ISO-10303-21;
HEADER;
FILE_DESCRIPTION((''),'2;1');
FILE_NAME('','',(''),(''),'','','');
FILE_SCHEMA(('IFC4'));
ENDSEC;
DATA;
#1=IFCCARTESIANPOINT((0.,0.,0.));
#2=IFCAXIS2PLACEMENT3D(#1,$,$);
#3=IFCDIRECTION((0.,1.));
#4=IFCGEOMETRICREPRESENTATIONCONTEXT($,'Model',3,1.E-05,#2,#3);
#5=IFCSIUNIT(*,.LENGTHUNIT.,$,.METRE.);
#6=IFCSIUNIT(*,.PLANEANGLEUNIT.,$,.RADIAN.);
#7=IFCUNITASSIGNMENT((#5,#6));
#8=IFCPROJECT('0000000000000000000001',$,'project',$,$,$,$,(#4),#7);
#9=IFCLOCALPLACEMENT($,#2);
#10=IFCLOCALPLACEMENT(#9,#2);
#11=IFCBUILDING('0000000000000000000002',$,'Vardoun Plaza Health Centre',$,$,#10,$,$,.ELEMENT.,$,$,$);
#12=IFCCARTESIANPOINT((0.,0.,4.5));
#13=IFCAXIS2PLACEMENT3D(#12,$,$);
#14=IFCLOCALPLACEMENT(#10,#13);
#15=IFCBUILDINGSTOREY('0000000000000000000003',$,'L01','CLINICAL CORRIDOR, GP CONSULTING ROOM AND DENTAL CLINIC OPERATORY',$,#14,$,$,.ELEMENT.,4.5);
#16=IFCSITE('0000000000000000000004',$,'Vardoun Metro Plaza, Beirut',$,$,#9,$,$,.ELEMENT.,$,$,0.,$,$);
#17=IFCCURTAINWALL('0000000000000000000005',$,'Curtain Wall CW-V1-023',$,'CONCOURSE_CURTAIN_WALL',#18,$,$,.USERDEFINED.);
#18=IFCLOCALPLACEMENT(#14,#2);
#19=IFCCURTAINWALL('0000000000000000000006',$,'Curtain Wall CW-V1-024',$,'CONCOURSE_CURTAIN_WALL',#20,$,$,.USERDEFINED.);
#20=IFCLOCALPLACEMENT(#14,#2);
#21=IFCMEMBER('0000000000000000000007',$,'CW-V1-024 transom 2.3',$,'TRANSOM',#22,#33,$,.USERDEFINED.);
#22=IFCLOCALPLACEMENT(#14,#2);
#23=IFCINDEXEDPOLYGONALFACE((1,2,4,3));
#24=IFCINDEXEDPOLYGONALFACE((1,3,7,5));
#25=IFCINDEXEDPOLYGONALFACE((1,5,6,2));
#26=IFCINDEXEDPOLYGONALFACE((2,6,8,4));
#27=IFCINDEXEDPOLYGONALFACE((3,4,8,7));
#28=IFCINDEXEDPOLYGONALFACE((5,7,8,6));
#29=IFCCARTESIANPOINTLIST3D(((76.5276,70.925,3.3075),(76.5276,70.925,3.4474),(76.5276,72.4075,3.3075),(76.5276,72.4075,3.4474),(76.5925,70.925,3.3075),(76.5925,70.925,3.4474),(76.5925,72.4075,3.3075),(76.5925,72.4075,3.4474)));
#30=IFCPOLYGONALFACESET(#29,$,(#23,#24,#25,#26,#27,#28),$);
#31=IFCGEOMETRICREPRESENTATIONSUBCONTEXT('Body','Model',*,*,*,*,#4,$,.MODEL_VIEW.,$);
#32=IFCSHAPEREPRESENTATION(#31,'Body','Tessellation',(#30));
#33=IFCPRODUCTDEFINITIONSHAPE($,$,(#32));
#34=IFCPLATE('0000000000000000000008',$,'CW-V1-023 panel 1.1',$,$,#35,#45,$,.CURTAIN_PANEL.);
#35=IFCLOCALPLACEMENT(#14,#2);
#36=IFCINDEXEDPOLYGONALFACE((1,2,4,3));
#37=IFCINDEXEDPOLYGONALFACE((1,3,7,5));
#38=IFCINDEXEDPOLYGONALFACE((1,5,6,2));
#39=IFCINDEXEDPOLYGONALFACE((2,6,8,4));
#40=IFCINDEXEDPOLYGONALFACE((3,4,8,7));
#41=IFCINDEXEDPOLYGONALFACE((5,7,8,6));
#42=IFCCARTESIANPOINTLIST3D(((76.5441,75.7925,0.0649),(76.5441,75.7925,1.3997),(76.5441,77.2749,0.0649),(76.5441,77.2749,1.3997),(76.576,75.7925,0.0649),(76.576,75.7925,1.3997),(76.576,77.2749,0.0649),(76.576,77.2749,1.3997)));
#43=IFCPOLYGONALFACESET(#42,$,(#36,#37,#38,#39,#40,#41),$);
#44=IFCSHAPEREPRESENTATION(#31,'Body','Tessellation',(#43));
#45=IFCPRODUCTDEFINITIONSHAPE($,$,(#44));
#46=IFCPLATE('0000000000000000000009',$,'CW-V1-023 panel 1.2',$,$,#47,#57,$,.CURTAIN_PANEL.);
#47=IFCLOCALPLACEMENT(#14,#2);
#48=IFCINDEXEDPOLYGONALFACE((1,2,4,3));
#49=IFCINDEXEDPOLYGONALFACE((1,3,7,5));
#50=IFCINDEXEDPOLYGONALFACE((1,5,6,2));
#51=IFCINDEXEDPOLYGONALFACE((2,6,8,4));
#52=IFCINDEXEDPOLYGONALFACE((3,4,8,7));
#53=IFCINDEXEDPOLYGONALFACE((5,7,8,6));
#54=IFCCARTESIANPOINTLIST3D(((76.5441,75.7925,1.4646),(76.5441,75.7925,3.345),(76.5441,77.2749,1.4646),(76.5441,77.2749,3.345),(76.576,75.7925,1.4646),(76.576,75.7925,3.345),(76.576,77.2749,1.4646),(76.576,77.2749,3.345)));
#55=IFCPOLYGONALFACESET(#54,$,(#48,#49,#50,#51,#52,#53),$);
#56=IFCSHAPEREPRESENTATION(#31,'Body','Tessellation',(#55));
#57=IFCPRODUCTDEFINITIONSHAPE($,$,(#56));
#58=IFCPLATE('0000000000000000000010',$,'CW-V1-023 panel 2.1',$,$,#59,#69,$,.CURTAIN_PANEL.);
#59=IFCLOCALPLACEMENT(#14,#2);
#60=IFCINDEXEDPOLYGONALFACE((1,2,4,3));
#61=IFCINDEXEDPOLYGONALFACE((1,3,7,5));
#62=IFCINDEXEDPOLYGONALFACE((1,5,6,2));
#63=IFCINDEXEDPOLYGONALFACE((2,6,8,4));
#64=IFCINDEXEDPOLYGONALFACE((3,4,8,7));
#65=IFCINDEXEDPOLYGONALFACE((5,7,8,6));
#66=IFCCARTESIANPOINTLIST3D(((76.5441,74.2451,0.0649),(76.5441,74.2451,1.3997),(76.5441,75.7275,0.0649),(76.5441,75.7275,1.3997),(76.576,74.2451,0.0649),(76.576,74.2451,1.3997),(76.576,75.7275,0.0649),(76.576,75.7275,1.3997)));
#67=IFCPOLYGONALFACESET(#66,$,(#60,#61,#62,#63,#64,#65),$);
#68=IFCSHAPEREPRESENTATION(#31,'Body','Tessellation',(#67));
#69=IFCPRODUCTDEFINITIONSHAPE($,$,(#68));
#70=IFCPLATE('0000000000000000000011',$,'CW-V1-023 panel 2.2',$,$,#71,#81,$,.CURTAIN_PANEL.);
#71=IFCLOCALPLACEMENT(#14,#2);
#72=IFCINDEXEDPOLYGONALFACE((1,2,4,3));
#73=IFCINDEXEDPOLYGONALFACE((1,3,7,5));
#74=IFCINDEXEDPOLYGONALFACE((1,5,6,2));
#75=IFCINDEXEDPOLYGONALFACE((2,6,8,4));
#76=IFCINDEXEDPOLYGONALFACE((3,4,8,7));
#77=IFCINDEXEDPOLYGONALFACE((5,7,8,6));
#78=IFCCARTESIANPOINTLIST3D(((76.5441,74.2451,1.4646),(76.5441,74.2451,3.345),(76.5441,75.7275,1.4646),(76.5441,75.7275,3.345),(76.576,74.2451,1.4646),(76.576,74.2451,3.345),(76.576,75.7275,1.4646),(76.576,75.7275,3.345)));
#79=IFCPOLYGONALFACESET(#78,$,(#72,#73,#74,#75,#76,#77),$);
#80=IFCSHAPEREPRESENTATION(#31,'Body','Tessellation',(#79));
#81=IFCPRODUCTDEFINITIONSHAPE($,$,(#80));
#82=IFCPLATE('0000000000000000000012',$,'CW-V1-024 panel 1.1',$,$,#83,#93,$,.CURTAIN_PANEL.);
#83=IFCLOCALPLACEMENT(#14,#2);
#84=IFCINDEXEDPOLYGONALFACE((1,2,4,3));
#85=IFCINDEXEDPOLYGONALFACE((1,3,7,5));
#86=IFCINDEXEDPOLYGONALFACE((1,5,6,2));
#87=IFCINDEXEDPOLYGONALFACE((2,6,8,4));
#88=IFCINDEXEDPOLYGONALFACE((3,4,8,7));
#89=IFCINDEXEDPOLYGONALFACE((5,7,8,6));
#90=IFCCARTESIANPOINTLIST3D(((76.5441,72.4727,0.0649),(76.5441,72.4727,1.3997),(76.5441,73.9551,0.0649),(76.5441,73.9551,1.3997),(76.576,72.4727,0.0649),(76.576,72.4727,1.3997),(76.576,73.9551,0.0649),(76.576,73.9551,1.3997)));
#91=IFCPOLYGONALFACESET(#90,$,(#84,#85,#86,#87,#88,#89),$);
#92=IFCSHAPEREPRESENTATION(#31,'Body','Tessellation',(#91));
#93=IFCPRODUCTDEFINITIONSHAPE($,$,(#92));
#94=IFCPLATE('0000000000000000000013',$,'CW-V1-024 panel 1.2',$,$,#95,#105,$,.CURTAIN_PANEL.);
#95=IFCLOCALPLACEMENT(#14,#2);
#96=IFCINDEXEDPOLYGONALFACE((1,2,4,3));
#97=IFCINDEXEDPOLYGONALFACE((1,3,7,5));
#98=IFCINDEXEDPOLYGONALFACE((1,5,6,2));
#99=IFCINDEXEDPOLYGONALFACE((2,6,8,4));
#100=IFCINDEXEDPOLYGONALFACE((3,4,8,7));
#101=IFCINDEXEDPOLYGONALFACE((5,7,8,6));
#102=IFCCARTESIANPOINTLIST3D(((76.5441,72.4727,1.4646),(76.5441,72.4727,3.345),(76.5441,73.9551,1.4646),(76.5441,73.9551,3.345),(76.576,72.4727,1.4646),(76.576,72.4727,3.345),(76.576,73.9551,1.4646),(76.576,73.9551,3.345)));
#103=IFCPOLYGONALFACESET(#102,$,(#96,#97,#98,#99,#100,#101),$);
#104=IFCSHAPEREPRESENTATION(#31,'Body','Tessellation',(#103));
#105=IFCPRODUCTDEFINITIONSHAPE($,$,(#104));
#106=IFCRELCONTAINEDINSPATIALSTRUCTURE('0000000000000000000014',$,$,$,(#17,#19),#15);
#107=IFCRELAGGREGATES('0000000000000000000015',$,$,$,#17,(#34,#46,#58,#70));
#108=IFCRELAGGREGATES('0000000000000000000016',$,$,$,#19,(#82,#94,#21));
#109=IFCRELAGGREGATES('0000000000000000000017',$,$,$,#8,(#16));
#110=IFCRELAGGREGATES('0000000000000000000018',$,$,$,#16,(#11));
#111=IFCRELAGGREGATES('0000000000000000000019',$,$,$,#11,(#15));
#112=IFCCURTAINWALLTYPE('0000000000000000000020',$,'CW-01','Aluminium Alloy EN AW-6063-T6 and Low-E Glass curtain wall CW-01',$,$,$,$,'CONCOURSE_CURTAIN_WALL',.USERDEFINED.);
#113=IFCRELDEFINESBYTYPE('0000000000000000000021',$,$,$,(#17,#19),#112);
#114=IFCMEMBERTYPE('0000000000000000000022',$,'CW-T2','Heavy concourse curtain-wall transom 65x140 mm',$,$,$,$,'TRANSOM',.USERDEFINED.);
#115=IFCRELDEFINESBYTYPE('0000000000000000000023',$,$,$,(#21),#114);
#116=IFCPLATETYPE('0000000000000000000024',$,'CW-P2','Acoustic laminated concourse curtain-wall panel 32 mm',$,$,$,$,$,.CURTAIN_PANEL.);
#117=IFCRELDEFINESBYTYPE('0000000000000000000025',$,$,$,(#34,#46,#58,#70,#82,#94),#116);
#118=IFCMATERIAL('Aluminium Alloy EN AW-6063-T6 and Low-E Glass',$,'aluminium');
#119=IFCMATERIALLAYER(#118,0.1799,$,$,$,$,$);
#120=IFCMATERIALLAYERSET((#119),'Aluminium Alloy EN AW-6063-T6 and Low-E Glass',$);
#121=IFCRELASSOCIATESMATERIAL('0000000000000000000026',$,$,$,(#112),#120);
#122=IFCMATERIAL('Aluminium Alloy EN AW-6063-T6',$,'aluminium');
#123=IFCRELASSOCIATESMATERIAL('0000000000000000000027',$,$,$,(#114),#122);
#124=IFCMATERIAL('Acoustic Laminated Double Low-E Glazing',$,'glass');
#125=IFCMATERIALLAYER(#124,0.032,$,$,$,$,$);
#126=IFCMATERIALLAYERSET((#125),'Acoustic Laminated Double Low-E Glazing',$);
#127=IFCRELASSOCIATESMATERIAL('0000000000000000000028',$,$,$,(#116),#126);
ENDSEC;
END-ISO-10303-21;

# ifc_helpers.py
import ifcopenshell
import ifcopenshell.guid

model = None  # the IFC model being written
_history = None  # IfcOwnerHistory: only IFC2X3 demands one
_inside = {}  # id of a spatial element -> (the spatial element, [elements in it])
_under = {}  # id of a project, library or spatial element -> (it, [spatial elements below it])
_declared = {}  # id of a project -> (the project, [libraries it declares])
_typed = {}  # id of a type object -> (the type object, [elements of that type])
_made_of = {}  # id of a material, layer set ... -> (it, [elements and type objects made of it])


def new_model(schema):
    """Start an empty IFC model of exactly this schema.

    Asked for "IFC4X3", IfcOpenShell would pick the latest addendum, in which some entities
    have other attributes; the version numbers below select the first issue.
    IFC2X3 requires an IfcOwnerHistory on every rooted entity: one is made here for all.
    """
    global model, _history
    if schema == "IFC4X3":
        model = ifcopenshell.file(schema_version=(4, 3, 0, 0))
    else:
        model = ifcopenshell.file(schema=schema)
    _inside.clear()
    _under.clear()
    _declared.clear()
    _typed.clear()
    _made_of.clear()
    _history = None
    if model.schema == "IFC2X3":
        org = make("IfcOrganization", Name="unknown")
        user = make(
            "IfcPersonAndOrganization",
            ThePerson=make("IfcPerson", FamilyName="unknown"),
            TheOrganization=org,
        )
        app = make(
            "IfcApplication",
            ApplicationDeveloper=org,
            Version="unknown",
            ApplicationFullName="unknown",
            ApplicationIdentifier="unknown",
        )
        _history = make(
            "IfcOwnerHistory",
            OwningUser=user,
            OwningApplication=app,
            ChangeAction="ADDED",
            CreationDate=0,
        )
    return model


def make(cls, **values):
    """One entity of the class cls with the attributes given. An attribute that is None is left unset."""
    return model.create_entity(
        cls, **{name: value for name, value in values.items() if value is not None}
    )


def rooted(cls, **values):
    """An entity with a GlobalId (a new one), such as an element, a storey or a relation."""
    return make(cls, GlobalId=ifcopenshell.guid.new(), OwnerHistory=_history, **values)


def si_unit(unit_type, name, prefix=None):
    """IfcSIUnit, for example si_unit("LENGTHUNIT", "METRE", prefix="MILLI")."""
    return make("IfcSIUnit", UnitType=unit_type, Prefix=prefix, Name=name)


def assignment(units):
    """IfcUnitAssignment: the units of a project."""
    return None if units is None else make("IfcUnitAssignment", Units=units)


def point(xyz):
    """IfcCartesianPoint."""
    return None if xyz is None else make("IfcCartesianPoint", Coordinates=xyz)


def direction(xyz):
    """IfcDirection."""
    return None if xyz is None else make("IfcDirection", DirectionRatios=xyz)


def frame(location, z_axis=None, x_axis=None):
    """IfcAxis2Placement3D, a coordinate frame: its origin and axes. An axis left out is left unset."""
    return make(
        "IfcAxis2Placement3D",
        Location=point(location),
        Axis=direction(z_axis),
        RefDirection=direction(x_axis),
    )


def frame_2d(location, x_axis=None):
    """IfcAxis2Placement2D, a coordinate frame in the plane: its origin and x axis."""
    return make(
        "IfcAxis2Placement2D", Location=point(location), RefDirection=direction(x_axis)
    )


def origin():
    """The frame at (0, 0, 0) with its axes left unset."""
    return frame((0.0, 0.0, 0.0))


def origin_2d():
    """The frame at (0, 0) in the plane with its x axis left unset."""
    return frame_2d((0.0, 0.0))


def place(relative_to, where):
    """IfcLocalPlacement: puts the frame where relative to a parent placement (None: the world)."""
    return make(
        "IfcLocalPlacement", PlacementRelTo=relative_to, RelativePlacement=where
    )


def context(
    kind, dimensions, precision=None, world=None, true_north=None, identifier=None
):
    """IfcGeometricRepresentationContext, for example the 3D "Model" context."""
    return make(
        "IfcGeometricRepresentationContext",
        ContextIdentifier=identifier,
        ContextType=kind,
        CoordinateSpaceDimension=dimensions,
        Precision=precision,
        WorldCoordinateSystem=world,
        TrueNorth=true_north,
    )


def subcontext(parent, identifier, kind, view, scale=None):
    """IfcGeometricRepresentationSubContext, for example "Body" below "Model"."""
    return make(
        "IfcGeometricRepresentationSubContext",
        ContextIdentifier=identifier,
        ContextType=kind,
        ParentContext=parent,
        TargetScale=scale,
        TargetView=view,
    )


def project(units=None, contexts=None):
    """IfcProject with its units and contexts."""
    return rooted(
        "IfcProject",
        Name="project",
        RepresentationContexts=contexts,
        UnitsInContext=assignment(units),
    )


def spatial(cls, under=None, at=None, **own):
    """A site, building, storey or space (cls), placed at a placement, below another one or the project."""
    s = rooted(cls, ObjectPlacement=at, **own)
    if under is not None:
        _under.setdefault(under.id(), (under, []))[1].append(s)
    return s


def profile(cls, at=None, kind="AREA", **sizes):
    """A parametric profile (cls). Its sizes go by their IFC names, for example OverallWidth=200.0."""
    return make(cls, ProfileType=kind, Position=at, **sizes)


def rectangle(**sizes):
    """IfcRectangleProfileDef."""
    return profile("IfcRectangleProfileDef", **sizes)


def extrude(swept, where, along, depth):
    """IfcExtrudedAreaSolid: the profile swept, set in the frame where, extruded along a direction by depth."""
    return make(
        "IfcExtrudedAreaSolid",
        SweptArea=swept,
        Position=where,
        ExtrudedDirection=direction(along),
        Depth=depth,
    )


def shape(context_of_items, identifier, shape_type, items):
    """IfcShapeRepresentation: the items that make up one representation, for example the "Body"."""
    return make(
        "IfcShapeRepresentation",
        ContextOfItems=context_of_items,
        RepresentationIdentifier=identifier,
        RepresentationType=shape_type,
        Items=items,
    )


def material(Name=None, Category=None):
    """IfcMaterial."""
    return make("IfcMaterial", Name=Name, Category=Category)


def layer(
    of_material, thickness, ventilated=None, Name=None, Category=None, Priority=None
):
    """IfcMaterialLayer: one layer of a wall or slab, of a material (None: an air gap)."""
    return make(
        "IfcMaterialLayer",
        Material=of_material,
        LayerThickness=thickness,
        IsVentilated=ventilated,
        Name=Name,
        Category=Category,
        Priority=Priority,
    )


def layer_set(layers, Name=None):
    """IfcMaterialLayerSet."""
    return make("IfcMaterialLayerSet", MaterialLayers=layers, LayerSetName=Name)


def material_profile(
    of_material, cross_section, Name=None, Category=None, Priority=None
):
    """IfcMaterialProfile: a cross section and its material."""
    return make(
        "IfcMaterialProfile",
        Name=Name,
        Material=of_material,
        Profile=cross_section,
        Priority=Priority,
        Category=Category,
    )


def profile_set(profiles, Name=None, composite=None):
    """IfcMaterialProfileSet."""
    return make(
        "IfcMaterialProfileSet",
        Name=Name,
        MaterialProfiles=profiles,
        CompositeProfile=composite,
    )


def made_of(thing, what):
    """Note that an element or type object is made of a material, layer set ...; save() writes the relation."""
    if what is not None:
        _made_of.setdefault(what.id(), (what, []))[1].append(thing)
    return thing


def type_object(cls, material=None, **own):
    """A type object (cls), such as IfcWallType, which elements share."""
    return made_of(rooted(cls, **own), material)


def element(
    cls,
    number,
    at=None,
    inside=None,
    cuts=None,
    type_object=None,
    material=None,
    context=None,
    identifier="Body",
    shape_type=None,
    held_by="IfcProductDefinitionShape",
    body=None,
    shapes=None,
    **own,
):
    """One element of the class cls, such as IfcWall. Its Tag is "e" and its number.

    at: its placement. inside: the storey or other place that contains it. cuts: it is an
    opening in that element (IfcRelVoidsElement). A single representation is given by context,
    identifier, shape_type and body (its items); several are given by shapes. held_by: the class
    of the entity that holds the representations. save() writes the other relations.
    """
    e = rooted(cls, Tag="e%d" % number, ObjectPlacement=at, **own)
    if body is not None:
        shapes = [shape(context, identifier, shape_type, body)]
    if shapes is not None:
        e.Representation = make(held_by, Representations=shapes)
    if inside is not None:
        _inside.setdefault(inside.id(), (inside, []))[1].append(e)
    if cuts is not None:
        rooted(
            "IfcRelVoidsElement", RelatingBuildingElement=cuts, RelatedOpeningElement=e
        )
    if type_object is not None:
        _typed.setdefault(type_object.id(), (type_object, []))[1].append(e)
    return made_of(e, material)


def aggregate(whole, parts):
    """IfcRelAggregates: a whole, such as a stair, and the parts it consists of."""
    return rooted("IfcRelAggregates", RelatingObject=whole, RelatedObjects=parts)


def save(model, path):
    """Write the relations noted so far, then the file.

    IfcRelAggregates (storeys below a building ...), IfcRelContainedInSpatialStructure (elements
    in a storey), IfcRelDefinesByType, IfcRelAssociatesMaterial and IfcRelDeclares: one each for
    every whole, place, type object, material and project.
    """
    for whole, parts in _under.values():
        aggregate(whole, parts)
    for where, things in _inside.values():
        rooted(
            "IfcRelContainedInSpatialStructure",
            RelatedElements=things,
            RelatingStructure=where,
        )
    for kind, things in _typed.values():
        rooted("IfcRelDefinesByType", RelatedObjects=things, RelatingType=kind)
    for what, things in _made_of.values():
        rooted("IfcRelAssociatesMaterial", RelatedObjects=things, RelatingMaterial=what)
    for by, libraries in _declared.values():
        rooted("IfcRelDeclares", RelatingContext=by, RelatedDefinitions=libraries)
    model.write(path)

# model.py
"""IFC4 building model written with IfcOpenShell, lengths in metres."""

from ifc_helpers import new_model, si_unit, direction, frame, origin, origin_2d, place, context, subcontext, project, spatial, rectangle, extrude, material, layer, layer_set, material_profile, profile_set, type_object, element, aggregate, save


model = new_model("IFC4")

# Units and contexts
model_context = context("Model", 3, precision=1e-05, world=origin(), true_north=direction((0.0, 1.0)))
body_context = subcontext(model_context, "Body", "Model", "MODEL_VIEW")
ifc_project = project(units=[si_unit("LENGTHUNIT", "METRE"), si_unit("PLANEANGLEUNIT", "RADIAN")], contexts=[model_context])

# Site, building, storey
site_placement = place(None, origin())
site = spatial("IfcSite", under=ifc_project, at=site_placement, Name="Vardoun Metro Plaza, Beirut", CompositionType="ELEMENT", RefElevation=0.0)
building_placement = place(site_placement, origin())
building = spatial("IfcBuilding", under=site, at=building_placement, Name="Vardoun Plaza Health Centre", CompositionType="ELEMENT")
storey_placement = place(building_placement, frame((0.0, 0.0, 4.5)))
storey = spatial("IfcBuildingStorey", under=building, at=storey_placement, Name="L01", Description="CLINICAL CORRIDOR, GP CONSULTING ROOM AND DENTAL CLINIC OPERATORY", CompositionType="ELEMENT", Elevation=4.5)

# Curtain walls
ifc_material_1 = material(Name="Aluminium Alloy EN AW-6063-T6 and Low-E Glass", Category="aluminium")
ifc_layer_1 = layer(ifc_material_1, 0.1799)
ifc_layer_set_1 = layer_set([ifc_layer_1], Name="Aluminium Alloy EN AW-6063-T6 and Low-E Glass")
curtain_wall_type = type_object("IfcCurtainWallType", Name="CW-01", Description="Aluminium Alloy EN AW-6063-T6 and Low-E Glass curtain wall CW-01", ElementType="CONCOURSE_CURTAIN_WALL", PredefinedType="USERDEFINED", material=ifc_layer_set_1)
curtain_wall_1_placement = place(storey_placement, origin())
curtain_wall_1 = element("IfcCurtainWall", 1, at=curtain_wall_1_placement, inside=storey, type_object=curtain_wall_type, Name="Curtain Wall CW-V1-023", ObjectType="CONCOURSE_CURTAIN_WALL", PredefinedType="USERDEFINED")
curtain_wall_2_placement = place(storey_placement, origin())
curtain_wall_2 = element("IfcCurtainWall", 2, at=curtain_wall_2_placement, inside=storey, type_object=curtain_wall_type, Name="Curtain Wall CW-V1-024", ObjectType="CONCOURSE_CURTAIN_WALL", PredefinedType="USERDEFINED")

# Member
ifc_material_2 = material(Name="Aluminium Alloy EN AW-6063-T6", Category="aluminium")
ifc_material_profile_1 = material_profile(ifc_material_2, rectangle(XDim=0.0649, YDim=0.1399, at=origin_2d()), Name="CWT 65x140")
ifc_profile_set_1 = profile_set([ifc_material_profile_1], Name="Aluminium Alloy EN AW-6063-T6")
member_type_1 = type_object("IfcMemberType", Name="CW-T2", Description="Heavy concourse curtain-wall transom 65x140 mm", ElementType="TRANSOM", PredefinedType="USERDEFINED", material=ifc_profile_set_1)
member_1_placement = place(storey_placement, frame((76.5601, 72.4075, 3.3774), z_axis=(0.0, -1.0, 0.0), x_axis=(1.0, 0.0, 0.0)))
member_1 = element("IfcMember", 3, at=member_1_placement, type_object=member_type_1, Name="CW-V1-024 transom 2.3", ObjectType="TRANSOM", PredefinedType="USERDEFINED", context=body_context, shape_type="SweptSolid", body=[
    extrude(rectangle(XDim=0.0649, YDim=0.1399, at=origin_2d()), origin(), (0.0, 0.0, 1.0), 1.4824),
])

# Plates
ifc_material_3 = material(Name="Acoustic Laminated Double Low-E Glazing", Category="glass")
ifc_layer_2 = layer(ifc_material_3, 0.032)
ifc_layer_set_2 = layer_set([ifc_layer_2], Name="Acoustic Laminated Double Low-E Glazing")
plate_type = type_object("IfcPlateType", Name="CW-P2", Description="Acoustic laminated concourse curtain-wall panel 32 mm", PredefinedType="CURTAIN_PANEL", material=ifc_layer_set_2)
plate_1_placement = place(storey_placement, frame((76.5601, 76.5337, 0.0649), z_axis=(0.0, 0.0, 1.0), x_axis=(0.0, -1.0, 0.0)))
plate_1 = element("IfcPlate", 4, at=plate_1_placement, type_object=plate_type, Name="CW-V1-023 panel 1.1", PredefinedType="CURTAIN_PANEL", context=body_context, shape_type="SweptSolid", body=[
    extrude(rectangle(XDim=1.4824, YDim=0.032, at=origin_2d()), origin(), (0.0, 0.0, 1.0), 1.3347),
])
plate_2_placement = place(storey_placement, frame((76.5601, 76.5337, 1.4646), z_axis=(0.0, 0.0, 1.0), x_axis=(0.0, -1.0, 0.0)))
plate_2 = element("IfcPlate", 5, at=plate_2_placement, type_object=plate_type, Name="CW-V1-023 panel 1.2", PredefinedType="CURTAIN_PANEL", context=body_context, shape_type="SweptSolid", body=[
    extrude(rectangle(XDim=1.4824, YDim=0.032, at=origin_2d()), origin(), (0.0, 0.0, 1.0), 1.8804),
])
plate_3_placement = place(storey_placement, frame((76.5601, 74.9863, 0.0649), z_axis=(0.0, 0.0, 1.0), x_axis=(0.0, -1.0, 0.0)))
plate_3 = element("IfcPlate", 6, at=plate_3_placement, type_object=plate_type, Name="CW-V1-023 panel 2.1", PredefinedType="CURTAIN_PANEL", context=body_context, shape_type="SweptSolid", body=[
    extrude(rectangle(XDim=1.4824, YDim=0.032, at=origin_2d()), origin(), (0.0, 0.0, 1.0), 1.3347),
])
plate_4_placement = place(storey_placement, frame((76.5601, 74.9863, 1.4646), z_axis=(0.0, 0.0, 1.0), x_axis=(0.0, -1.0, 0.0)))
plate_4 = element("IfcPlate", 7, at=plate_4_placement, type_object=plate_type, Name="CW-V1-023 panel 2.2", PredefinedType="CURTAIN_PANEL", context=body_context, shape_type="SweptSolid", body=[
    extrude(rectangle(XDim=1.4824, YDim=0.032, at=origin_2d()), origin(), (0.0, 0.0, 1.0), 1.8804),
])
aggregate(curtain_wall_1, [plate_1, plate_2, plate_3, plate_4])
plate_5_placement = place(storey_placement, frame((76.5601, 73.2139, 0.0649), z_axis=(0.0, 0.0, 1.0), x_axis=(0.0, -1.0, 0.0)))
plate_5 = element("IfcPlate", 8, at=plate_5_placement, type_object=plate_type, Name="CW-V1-024 panel 1.1", PredefinedType="CURTAIN_PANEL", context=body_context, shape_type="SweptSolid", body=[
    extrude(rectangle(XDim=1.4824, YDim=0.032, at=origin_2d()), origin(), (0.0, 0.0, 1.0), 1.3347),
])
plate_6_placement = place(storey_placement, frame((76.5601, 73.2139, 1.4646), z_axis=(0.0, 0.0, 1.0), x_axis=(0.0, -1.0, 0.0)))
plate_6 = element("IfcPlate", 9, at=plate_6_placement, type_object=plate_type, Name="CW-V1-024 panel 1.2", PredefinedType="CURTAIN_PANEL", context=body_context, shape_type="SweptSolid", body=[
    extrude(rectangle(XDim=1.4824, YDim=0.032, at=origin_2d()), origin(), (0.0, 0.0, 1.0), 1.8804),
])
aggregate(curtain_wall_2, [plate_5, plate_6, member_1])

save(model, "model.ifc")
